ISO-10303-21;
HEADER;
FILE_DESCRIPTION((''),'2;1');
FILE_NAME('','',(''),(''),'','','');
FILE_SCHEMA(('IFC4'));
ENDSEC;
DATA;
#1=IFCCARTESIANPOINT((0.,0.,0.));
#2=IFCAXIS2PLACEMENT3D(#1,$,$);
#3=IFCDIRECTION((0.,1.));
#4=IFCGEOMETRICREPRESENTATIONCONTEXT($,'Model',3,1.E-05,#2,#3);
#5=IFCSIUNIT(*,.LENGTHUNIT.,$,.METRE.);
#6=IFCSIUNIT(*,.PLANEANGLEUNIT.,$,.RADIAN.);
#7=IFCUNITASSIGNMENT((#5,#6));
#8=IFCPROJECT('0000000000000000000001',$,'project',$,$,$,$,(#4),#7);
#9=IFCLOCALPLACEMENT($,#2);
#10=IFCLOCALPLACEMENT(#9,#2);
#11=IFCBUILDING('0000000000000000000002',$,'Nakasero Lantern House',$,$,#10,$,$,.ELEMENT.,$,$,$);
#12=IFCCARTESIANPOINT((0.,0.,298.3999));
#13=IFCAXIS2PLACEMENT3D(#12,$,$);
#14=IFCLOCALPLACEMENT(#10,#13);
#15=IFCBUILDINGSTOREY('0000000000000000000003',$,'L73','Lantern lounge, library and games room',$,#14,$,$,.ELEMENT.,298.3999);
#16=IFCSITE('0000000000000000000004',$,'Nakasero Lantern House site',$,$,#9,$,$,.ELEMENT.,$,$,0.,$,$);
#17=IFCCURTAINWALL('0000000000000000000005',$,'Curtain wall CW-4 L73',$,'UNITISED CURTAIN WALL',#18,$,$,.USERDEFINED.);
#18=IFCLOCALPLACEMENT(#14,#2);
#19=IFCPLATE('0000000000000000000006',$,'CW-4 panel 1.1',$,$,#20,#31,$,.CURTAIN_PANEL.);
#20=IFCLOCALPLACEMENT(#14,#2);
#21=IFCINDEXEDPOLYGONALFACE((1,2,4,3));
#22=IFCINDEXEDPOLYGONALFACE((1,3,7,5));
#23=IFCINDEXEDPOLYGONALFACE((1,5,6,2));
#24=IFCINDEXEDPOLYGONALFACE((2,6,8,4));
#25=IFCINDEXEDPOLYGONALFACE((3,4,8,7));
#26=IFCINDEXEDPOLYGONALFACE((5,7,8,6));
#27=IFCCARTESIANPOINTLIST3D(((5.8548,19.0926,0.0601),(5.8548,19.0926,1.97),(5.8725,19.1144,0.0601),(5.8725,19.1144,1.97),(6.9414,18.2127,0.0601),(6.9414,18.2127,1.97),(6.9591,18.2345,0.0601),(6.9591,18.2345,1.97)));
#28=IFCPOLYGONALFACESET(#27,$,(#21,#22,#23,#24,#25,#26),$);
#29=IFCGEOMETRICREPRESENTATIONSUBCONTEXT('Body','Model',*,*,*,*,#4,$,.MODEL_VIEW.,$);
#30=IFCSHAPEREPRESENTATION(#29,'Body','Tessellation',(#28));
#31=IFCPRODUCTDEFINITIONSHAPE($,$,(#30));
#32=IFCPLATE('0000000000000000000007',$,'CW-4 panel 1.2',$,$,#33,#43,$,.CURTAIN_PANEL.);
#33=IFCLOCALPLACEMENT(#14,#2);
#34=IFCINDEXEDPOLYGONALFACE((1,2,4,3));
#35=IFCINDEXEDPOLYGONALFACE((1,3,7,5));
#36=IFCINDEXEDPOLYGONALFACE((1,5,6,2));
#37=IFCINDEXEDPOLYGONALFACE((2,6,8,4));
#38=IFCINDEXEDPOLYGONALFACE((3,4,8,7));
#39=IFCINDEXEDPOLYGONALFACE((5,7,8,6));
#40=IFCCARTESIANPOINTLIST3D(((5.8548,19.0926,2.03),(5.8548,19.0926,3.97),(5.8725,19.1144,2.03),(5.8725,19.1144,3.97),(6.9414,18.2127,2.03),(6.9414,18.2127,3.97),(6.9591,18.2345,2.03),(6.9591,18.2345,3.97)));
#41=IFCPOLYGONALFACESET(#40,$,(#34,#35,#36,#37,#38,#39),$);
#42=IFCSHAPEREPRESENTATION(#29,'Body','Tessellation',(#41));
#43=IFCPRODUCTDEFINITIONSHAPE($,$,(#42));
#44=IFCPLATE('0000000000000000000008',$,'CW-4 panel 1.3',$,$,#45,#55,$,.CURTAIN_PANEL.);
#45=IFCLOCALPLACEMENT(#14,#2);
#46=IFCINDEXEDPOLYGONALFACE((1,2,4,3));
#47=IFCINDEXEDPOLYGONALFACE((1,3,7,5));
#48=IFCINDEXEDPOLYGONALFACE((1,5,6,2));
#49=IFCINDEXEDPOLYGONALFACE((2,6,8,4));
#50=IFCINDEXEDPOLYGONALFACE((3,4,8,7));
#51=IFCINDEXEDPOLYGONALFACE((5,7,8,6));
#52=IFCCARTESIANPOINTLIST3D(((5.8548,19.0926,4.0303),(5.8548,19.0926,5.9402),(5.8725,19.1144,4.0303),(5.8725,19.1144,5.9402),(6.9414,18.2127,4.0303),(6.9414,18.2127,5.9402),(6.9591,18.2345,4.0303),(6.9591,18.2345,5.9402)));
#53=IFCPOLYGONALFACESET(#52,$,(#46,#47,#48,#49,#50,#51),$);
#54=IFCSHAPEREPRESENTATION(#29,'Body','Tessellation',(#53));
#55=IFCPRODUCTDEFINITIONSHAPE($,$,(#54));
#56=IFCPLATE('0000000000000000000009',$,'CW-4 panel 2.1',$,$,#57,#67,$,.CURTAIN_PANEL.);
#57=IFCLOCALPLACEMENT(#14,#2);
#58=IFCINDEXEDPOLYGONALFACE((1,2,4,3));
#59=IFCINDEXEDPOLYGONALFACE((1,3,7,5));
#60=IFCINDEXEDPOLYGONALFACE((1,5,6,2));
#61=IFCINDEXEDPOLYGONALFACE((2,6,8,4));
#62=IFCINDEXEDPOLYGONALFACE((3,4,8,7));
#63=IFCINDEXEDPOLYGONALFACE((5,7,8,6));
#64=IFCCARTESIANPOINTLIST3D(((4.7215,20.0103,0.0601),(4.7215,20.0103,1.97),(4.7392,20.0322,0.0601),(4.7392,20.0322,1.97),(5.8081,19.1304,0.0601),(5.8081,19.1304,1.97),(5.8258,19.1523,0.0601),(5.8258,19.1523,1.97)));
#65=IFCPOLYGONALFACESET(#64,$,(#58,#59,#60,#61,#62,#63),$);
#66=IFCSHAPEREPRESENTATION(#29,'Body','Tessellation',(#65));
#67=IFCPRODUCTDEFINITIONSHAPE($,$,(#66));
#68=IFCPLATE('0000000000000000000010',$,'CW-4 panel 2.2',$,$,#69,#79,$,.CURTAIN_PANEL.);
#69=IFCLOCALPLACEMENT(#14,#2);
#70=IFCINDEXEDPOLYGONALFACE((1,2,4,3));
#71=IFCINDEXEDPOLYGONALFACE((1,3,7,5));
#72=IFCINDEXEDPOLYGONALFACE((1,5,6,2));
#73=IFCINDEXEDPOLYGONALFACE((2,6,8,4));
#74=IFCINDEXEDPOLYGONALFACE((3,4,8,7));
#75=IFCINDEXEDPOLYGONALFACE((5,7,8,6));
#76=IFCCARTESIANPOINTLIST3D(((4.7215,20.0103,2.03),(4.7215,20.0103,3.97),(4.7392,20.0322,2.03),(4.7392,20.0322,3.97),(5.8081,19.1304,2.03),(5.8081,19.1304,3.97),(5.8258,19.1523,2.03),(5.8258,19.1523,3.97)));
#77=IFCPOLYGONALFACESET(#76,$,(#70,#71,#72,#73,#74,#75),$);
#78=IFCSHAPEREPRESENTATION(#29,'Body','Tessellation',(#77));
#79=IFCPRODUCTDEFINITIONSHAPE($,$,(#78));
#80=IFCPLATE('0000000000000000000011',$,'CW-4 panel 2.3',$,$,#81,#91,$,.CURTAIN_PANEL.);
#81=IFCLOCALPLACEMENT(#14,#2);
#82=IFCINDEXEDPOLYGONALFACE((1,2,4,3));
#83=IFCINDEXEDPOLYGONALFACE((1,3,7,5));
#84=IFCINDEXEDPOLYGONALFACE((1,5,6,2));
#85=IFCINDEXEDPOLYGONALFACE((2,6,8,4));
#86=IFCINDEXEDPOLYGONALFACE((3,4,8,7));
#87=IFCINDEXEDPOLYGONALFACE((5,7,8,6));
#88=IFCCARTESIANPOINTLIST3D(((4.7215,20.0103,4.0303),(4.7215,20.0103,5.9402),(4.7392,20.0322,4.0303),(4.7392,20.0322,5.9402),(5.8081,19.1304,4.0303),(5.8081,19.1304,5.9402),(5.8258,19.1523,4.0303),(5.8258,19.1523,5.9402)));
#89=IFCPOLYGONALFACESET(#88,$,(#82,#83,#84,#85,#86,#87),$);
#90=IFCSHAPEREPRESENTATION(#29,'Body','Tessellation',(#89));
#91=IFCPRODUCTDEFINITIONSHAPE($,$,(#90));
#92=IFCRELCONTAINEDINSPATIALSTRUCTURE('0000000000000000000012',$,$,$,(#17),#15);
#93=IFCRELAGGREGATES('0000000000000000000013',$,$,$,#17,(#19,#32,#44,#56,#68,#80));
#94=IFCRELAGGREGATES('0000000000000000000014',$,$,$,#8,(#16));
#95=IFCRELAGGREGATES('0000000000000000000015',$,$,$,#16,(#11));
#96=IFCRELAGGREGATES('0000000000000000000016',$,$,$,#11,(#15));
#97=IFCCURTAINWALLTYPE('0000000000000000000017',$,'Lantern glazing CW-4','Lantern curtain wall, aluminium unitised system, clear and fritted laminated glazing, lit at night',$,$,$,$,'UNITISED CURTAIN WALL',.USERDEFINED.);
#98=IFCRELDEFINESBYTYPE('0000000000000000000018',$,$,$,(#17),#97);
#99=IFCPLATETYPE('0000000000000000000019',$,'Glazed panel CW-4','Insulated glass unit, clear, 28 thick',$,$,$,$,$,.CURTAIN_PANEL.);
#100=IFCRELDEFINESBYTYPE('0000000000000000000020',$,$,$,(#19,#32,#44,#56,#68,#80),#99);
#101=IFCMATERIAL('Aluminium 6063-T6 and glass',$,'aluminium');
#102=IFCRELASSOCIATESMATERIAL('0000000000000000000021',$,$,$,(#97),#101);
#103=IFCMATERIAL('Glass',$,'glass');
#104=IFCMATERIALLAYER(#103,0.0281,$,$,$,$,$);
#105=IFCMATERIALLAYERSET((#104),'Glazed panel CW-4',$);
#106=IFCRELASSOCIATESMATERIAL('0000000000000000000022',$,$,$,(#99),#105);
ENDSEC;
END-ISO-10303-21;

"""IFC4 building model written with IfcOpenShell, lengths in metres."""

from ifc_helpers import new_model, si_unit, direction, frame, origin, origin_2d, place, context, subcontext, project, spatial, rectangle, extrude, material, layer, layer_set, type_object, element, aggregate, save


model = new_model("IFC4")

# Units and contexts
model_context = context("Model", 3, precision=1e-05, world=origin(), true_north=direction((0.0, 1.0)))
body_context = subcontext(model_context, "Body", "Model", "MODEL_VIEW")
ifc_project = project(units=[si_unit("LENGTHUNIT", "METRE"), si_unit("PLANEANGLEUNIT", "RADIAN")], contexts=[model_context])

# Site, building, storey
site_placement = place(None, origin())
site = spatial("IfcSite", under=ifc_project, at=site_placement, Name="Nakasero Lantern House site", CompositionType="ELEMENT", RefElevation=0.0)
building_placement = place(site_placement, origin())
building = spatial("IfcBuilding", under=site, at=building_placement, Name="Nakasero Lantern House", CompositionType="ELEMENT")
storey_placement = place(building_placement, frame((0.0, 0.0, 298.3999)))
storey = spatial("IfcBuildingStorey", under=building, at=storey_placement, Name="L73", Description="Lantern lounge, library and games room", CompositionType="ELEMENT", Elevation=298.3999)

# Curtain wall
ifc_material_1 = material(Name="Aluminium 6063-T6 and glass", Category="aluminium")
curtain_wall_type = type_object("IfcCurtainWallType", Name="Lantern glazing CW-4", Description="Lantern curtain wall, aluminium unitised system, clear and fritted laminated glazing, lit at night", ElementType="UNITISED CURTAIN WALL", PredefinedType="USERDEFINED", material=ifc_material_1)
curtain_wall_1_placement = place(storey_placement, origin())
curtain_wall_1 = element("IfcCurtainWall", 1, at=curtain_wall_1_placement, inside=storey, type_object=curtain_wall_type, Name="Curtain wall CW-4 L73", ObjectType="UNITISED CURTAIN WALL", PredefinedType="USERDEFINED")

# Plates
ifc_material_2 = material(Name="Glass", Category="glass")
ifc_layer = layer(ifc_material_2, 0.0281)
ifc_layer_set = layer_set([ifc_layer], Name="Glazed panel CW-4")
plate_type = type_object("IfcPlateType", Name="Glazed panel CW-4", Description="Insulated glass unit, clear, 28 thick", PredefinedType="CURTAIN_PANEL", material=ifc_layer_set)
plate_1_placement = place(storey_placement, frame((6.407, 18.6636, 0.0601), z_axis=(0.0, 0.0, 1.0), x_axis=(-0.777146, 0.62932, 0.0)))
plate_1 = element("IfcPlate", 2, at=plate_1_placement, type_object=plate_type, Name="CW-4 panel 1.1", PredefinedType="CURTAIN_PANEL", context=body_context, shape_type="SweptSolid", body=[
    extrude(rectangle(XDim=1.3982, YDim=0.0281, at=origin_2d()), origin(), (0.0, 0.0, 1.0), 1.9099),
])
plate_2_placement = place(storey_placement, frame((6.407, 18.6636, 2.03), z_axis=(0.0, 0.0, 1.0), x_axis=(-0.777146, 0.62932, 0.0)))
plate_2 = element("IfcPlate", 3, at=plate_2_placement, type_object=plate_type, Name="CW-4 panel 1.2", PredefinedType="CURTAIN_PANEL", context=body_context, shape_type="SweptSolid", body=[
    extrude(rectangle(XDim=1.3982, YDim=0.0281, at=origin_2d()), origin(), (0.0, 0.0, 1.0), 1.9399),
])
plate_3_placement = place(storey_placement, frame((6.407, 18.6636, 4.0303), z_axis=(0.0, 0.0, 1.0), x_axis=(-0.777146, 0.62932, 0.0)))
plate_3 = element("IfcPlate", 4, at=plate_3_placement, type_object=plate_type, Name="CW-4 panel 1.3", PredefinedType="CURTAIN_PANEL", context=body_context, shape_type="SweptSolid", body=[
    extrude(rectangle(XDim=1.3982, YDim=0.0281, at=origin_2d()), origin(), (0.0, 0.0, 1.0), 1.9099),
])
plate_4_placement = place(storey_placement, frame((5.2737, 19.5813, 0.0601), z_axis=(0.0, 0.0, 1.0), x_axis=(-0.777146, 0.62932, 0.0)))
plate_4 = element("IfcPlate", 5, at=plate_4_placement, type_object=plate_type, Name="CW-4 panel 2.1", PredefinedType="CURTAIN_PANEL", context=body_context, shape_type="SweptSolid", body=[
    extrude(rectangle(XDim=1.3982, YDim=0.0281, at=origin_2d()), origin(), (0.0, 0.0, 1.0), 1.9099),
])
plate_5_placement = place(storey_placement, frame((5.2737, 19.5813, 2.03), z_axis=(0.0, 0.0, 1.0), x_axis=(-0.777146, 0.62932, 0.0)))
plate_5 = element("IfcPlate", 6, at=plate_5_placement, type_object=plate_type, Name="CW-4 panel 2.2", PredefinedType="CURTAIN_PANEL", context=body_context, shape_type="SweptSolid", body=[
    extrude(rectangle(XDim=1.3982, YDim=0.0281, at=origin_2d()), origin(), (0.0, 0.0, 1.0), 1.9399),
])
plate_6_placement = place(storey_placement, frame((5.2737, 19.5813, 4.0303), z_axis=(0.0, 0.0, 1.0), x_axis=(-0.777146, 0.62932, 0.0)))
plate_6 = element("IfcPlate", 7, at=plate_6_placement, type_object=plate_type, Name="CW-4 panel 2.3", PredefinedType="CURTAIN_PANEL", context=body_context, shape_type="SweptSolid", body=[
    extrude(rectangle(XDim=1.3982, YDim=0.0281, at=origin_2d()), origin(), (0.0, 0.0, 1.0), 1.9099),
])
aggregate(curtain_wall_1, [plate_1, plate_2, plate_3, plate_4, plate_5, plate_6])

save(model, "model.ifc")
